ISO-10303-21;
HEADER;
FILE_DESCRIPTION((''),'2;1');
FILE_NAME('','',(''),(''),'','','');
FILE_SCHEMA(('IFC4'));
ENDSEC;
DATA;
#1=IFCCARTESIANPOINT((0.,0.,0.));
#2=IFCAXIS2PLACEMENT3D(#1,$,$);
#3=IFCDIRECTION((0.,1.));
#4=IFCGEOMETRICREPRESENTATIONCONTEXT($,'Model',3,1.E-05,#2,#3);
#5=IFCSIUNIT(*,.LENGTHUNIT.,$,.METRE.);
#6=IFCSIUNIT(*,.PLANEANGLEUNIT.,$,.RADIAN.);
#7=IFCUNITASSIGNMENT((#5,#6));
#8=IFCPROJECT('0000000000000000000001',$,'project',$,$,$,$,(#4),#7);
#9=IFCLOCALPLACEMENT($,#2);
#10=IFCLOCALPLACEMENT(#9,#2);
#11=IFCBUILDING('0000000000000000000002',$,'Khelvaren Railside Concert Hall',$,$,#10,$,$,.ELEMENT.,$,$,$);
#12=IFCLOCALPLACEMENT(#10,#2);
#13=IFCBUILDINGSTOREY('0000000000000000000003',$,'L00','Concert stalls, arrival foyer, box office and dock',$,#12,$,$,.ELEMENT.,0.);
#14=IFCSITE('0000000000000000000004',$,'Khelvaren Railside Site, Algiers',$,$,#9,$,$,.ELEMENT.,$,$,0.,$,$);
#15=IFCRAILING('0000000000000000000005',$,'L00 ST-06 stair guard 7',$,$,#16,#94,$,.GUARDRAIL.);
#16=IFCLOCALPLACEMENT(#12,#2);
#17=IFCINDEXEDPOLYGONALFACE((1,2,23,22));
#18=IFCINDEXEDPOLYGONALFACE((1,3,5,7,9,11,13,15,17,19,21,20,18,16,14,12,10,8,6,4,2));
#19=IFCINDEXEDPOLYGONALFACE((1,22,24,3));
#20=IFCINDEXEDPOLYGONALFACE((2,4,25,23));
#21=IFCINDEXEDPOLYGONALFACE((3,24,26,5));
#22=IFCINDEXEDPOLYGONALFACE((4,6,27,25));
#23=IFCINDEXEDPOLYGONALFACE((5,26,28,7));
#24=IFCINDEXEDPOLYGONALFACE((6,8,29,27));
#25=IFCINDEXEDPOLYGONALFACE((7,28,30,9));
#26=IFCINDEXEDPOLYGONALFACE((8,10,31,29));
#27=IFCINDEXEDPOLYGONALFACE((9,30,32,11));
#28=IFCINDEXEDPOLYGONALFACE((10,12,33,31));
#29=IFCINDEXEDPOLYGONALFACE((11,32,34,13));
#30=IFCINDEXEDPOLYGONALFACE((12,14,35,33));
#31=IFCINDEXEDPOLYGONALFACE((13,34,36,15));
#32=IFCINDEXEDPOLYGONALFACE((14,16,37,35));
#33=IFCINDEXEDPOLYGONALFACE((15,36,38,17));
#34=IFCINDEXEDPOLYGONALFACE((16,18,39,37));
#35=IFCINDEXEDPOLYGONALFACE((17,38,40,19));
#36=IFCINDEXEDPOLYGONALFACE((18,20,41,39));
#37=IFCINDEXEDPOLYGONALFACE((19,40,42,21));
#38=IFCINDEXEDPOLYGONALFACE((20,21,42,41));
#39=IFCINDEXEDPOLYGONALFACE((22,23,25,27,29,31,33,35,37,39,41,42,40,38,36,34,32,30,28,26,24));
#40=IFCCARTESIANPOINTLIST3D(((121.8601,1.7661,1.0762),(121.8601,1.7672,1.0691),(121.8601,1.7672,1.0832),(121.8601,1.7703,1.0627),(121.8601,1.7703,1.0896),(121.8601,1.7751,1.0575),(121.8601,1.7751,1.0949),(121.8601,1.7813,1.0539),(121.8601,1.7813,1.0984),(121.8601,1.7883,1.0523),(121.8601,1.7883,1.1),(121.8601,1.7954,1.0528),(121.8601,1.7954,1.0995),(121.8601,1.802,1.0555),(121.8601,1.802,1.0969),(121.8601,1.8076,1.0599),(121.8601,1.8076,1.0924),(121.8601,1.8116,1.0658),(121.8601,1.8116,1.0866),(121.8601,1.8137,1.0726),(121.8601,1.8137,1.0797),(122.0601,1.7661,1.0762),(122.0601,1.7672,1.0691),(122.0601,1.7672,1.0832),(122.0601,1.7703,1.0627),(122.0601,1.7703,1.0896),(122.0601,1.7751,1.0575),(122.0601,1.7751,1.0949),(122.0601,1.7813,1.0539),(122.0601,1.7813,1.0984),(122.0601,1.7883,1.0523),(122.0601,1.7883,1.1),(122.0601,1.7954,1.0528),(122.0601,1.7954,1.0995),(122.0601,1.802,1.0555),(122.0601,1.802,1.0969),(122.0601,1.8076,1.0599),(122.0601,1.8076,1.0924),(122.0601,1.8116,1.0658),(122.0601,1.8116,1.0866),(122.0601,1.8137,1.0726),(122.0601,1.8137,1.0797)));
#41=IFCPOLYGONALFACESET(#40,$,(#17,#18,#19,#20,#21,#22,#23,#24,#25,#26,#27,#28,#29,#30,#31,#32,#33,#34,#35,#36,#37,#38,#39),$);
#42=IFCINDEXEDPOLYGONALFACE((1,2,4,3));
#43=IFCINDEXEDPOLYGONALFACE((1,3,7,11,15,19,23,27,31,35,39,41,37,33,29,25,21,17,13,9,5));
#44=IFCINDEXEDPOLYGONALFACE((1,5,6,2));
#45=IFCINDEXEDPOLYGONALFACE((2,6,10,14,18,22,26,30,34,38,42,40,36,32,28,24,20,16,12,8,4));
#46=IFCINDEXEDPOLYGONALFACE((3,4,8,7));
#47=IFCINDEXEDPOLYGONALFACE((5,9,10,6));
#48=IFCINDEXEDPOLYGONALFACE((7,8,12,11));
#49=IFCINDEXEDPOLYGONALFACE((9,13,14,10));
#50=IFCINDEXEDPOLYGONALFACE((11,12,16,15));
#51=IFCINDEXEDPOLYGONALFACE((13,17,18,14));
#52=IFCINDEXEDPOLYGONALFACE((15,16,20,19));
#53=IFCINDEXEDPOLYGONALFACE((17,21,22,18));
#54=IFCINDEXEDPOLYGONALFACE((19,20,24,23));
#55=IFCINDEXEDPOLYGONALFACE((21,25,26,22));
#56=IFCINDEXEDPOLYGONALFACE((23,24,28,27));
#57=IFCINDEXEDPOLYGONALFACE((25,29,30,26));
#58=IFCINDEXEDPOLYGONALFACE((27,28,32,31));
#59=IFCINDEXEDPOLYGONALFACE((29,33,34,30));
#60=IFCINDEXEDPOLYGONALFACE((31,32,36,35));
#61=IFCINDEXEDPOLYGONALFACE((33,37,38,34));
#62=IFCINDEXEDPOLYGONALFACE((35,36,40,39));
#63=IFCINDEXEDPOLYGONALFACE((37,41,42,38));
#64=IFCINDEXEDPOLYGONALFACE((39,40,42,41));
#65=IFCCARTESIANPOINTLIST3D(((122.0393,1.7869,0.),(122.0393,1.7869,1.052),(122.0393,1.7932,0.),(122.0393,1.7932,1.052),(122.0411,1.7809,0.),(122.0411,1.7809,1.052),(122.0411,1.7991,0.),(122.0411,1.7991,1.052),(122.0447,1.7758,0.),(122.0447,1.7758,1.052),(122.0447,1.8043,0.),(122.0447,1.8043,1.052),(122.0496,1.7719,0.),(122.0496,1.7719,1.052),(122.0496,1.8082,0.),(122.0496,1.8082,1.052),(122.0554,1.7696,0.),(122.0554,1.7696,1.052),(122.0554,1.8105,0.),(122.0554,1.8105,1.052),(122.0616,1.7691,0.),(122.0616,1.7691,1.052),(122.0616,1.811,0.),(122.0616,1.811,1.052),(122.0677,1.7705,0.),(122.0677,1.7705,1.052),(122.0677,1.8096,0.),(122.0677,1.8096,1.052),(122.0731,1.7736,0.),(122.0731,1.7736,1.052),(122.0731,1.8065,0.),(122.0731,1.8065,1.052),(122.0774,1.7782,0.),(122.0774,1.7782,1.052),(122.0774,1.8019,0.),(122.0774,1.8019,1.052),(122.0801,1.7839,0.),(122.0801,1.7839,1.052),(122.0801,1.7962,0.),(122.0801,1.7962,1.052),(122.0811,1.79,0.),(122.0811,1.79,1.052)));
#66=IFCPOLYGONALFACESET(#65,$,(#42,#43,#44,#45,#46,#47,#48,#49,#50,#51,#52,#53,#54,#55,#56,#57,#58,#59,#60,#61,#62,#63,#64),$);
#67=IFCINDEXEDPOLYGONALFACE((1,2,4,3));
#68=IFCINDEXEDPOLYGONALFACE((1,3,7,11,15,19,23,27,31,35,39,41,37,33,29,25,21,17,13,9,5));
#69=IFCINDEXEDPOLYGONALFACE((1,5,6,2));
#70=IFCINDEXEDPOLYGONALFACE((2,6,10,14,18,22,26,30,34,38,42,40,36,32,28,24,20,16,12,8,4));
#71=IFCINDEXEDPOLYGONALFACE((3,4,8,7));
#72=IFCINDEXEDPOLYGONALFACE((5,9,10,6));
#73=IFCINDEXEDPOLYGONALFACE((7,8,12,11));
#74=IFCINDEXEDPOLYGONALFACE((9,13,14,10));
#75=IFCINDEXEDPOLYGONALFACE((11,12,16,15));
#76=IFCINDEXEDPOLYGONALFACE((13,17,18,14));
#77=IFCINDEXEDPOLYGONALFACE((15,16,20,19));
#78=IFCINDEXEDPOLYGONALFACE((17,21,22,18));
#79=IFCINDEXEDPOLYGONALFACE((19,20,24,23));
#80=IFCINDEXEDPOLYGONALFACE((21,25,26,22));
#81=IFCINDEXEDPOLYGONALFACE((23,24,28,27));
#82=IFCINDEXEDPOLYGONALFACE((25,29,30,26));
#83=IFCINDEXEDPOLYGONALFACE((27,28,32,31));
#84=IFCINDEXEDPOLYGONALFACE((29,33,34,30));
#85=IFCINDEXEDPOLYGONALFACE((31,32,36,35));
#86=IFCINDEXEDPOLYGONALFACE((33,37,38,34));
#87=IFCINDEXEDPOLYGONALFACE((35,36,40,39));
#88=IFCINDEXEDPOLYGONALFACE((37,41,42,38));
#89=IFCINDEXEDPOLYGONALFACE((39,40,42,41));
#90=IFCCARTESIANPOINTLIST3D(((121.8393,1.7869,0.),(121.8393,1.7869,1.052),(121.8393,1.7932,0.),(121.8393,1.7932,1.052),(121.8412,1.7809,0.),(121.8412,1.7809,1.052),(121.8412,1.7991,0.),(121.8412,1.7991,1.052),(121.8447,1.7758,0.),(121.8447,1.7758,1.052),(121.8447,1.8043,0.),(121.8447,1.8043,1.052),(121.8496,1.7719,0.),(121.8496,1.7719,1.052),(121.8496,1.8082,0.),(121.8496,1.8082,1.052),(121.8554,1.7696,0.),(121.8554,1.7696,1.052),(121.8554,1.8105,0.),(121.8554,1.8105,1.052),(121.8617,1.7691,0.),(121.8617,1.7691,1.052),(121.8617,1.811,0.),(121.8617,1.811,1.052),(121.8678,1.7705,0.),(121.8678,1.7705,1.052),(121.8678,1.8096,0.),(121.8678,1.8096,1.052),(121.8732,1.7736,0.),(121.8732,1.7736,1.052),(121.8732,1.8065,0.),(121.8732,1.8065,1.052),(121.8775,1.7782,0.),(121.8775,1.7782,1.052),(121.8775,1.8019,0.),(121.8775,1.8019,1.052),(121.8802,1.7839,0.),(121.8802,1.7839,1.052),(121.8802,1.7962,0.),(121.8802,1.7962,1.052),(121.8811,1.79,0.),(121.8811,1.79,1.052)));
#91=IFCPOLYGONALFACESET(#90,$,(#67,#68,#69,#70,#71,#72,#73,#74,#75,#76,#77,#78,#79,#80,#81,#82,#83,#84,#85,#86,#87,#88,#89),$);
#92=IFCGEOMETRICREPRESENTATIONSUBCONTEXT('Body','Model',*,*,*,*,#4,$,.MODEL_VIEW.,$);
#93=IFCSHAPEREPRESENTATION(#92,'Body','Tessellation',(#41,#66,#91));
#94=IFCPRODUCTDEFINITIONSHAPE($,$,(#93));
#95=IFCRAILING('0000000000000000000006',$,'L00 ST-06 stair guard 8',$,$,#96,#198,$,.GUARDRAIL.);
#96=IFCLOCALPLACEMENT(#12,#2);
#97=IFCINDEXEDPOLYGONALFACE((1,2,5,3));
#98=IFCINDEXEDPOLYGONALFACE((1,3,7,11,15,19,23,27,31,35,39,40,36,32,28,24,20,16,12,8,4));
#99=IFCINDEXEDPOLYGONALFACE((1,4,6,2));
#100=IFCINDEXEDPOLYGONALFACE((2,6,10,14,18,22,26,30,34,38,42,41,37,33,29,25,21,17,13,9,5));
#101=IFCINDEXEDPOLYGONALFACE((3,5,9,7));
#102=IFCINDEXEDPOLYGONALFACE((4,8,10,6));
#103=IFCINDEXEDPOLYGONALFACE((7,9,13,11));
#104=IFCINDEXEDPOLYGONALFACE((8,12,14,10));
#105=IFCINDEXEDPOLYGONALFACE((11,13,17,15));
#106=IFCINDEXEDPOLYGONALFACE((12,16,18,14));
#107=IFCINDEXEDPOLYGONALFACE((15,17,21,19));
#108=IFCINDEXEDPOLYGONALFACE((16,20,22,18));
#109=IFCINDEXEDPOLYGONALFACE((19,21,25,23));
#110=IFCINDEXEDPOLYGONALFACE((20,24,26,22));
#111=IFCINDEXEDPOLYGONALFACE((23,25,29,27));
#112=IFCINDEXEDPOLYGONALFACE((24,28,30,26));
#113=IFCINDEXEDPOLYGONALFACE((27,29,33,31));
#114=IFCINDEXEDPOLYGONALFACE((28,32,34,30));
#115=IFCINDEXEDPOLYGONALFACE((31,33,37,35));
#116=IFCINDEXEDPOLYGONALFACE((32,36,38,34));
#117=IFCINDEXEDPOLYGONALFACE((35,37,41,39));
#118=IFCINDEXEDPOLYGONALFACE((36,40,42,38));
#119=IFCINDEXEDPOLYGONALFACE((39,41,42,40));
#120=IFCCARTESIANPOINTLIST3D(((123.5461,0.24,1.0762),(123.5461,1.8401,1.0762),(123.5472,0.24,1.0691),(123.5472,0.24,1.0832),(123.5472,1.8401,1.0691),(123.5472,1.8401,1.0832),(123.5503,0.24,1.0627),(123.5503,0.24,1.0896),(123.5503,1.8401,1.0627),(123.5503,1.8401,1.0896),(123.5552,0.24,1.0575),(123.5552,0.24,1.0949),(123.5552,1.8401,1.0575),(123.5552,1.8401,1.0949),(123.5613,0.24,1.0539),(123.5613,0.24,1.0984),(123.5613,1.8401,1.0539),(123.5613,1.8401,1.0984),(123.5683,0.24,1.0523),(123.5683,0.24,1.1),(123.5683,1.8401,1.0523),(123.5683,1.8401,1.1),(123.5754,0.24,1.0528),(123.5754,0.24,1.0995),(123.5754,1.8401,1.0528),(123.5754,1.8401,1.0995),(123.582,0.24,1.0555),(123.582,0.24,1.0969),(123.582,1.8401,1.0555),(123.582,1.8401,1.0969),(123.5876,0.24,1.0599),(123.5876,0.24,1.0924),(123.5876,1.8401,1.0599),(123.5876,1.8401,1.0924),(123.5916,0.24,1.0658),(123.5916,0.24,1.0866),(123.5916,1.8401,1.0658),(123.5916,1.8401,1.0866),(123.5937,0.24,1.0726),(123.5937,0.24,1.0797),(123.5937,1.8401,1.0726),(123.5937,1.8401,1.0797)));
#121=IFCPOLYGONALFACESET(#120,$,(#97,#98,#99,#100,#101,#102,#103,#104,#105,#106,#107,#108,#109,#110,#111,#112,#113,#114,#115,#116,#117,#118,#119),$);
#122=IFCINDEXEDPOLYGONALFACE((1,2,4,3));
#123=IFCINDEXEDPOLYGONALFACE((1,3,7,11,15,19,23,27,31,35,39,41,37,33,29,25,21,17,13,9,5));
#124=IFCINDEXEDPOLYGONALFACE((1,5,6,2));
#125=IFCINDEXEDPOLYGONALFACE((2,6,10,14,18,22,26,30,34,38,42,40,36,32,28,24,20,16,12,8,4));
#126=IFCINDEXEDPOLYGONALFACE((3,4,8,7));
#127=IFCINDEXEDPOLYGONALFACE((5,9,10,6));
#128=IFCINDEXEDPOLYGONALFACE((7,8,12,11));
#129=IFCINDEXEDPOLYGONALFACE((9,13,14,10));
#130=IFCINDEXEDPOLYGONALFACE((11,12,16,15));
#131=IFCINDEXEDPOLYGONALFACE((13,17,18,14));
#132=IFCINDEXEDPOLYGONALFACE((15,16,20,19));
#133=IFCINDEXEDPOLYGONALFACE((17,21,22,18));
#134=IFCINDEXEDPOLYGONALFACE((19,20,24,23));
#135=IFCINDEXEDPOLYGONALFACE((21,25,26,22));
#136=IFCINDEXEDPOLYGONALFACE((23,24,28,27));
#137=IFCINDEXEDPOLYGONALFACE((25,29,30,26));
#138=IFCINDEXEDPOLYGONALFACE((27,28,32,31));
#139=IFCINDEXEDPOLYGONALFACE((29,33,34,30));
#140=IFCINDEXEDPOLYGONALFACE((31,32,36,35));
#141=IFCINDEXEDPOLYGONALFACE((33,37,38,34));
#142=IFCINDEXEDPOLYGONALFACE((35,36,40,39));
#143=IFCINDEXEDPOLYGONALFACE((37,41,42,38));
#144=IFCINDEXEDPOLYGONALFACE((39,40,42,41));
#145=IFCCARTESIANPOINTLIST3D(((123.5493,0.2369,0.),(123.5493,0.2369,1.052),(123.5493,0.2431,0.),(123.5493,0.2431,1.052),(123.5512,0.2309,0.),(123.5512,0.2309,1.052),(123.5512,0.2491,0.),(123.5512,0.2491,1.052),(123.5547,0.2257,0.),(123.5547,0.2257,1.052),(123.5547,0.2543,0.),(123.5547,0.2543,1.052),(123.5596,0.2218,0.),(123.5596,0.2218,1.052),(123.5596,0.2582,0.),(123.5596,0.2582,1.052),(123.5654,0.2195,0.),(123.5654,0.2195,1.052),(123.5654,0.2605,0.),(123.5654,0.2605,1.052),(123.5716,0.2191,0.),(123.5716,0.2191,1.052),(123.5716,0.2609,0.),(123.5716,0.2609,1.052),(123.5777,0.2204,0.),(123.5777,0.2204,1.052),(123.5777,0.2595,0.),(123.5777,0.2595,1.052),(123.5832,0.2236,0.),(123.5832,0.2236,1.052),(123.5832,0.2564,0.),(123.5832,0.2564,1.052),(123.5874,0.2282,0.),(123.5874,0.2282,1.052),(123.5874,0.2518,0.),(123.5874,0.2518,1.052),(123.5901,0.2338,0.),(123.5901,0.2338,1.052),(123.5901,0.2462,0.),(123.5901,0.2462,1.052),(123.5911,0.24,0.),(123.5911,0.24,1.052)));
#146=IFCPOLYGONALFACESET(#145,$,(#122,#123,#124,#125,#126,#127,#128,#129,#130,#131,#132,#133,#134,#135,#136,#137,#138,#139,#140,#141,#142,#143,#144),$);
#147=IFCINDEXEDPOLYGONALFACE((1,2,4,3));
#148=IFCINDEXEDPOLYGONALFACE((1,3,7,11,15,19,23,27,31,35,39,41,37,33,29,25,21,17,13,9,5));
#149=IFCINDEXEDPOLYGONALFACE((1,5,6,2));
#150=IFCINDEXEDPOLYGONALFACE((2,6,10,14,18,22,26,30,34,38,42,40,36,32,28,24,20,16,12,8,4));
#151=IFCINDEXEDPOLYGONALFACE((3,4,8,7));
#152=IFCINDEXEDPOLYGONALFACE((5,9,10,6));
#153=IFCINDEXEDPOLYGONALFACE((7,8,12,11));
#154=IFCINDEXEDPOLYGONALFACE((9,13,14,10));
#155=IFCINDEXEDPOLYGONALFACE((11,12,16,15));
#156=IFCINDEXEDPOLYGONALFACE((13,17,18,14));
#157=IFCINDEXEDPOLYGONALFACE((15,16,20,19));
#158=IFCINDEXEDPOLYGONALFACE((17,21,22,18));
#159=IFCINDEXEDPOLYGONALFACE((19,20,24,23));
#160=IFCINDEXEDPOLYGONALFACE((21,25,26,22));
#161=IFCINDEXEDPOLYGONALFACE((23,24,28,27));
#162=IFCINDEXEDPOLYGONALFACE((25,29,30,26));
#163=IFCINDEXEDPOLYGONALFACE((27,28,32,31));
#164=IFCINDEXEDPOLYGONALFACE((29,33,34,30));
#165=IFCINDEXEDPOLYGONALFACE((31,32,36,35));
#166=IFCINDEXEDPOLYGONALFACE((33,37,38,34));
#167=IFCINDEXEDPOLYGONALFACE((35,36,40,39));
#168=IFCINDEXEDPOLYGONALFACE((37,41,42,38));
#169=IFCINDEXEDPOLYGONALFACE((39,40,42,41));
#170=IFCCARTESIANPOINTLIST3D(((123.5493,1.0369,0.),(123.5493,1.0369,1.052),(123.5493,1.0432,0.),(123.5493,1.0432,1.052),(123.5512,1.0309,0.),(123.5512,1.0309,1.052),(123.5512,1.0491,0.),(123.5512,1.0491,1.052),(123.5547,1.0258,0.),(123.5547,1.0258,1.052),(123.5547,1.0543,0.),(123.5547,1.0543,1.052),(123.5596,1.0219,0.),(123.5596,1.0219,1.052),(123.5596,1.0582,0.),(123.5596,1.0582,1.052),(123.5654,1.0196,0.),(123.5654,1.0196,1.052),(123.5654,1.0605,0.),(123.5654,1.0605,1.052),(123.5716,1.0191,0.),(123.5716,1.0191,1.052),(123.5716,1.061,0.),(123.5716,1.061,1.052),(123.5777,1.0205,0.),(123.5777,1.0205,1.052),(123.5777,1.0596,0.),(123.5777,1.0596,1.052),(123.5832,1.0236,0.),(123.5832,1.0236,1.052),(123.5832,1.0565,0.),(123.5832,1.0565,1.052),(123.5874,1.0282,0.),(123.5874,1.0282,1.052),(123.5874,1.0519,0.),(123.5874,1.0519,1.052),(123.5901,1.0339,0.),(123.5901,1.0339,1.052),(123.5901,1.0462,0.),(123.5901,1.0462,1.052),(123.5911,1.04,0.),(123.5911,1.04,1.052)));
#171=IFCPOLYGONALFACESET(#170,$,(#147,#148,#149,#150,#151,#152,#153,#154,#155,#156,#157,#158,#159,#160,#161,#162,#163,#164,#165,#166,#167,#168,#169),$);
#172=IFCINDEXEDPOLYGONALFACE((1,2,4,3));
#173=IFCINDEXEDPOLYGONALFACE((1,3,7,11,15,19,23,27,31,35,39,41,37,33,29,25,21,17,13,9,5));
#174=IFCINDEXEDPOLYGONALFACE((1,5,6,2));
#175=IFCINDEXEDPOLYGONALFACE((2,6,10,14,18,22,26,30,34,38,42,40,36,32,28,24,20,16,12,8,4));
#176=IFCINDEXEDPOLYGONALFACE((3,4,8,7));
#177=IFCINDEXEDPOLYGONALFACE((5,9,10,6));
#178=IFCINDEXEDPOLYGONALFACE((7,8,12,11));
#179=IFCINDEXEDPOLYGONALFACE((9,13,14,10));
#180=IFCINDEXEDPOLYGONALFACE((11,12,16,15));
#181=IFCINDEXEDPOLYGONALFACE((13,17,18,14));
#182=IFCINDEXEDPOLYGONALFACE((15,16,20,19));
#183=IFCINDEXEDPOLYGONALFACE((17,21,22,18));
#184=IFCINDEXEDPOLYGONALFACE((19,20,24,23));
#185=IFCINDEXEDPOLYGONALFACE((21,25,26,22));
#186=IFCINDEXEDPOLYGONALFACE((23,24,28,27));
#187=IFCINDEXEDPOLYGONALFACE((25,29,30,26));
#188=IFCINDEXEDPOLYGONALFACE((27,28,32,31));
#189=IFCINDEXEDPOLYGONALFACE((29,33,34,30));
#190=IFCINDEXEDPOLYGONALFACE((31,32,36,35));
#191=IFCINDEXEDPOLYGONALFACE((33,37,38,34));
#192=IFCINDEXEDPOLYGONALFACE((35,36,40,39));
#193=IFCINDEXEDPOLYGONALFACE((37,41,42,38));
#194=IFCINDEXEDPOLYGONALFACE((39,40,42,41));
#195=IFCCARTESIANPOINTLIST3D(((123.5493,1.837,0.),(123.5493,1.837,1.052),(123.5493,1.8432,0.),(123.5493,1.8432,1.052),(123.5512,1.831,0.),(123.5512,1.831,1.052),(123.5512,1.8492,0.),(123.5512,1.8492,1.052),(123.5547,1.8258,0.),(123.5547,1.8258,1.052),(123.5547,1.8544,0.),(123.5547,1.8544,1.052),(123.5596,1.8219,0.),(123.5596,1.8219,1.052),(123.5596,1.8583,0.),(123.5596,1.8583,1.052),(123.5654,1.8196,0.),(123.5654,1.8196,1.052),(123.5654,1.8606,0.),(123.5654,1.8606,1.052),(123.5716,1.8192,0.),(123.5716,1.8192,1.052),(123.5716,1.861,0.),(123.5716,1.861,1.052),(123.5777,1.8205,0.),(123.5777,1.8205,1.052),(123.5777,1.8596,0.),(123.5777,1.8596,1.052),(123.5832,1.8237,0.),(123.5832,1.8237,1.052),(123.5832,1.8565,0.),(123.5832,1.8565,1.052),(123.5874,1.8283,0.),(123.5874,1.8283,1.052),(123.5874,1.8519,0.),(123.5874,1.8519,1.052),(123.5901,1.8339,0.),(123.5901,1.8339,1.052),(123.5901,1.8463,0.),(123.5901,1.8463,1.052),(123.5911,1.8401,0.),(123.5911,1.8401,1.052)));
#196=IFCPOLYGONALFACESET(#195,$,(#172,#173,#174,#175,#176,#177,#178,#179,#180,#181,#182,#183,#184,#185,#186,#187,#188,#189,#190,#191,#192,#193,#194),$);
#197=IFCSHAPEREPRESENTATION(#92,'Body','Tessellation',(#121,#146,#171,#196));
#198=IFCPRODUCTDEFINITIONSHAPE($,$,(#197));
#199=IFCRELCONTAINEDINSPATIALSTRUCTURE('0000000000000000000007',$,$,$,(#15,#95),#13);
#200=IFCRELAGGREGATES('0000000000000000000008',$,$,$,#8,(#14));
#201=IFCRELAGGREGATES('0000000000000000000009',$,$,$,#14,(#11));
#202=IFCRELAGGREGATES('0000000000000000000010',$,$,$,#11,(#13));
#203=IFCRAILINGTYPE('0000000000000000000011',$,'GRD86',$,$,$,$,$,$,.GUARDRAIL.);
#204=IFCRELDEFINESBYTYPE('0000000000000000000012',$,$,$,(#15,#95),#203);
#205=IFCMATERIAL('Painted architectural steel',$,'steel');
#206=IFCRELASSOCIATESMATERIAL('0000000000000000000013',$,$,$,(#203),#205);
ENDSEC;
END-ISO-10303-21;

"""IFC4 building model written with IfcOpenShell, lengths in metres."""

from ifc_helpers import new_model, si_unit, direction, frame, origin, origin_2d, place, context, subcontext, project, spatial, circle, extrude, material, type_object, element, save


model = new_model("IFC4")

# Units and contexts
model_context = context("Model", 3, precision=1e-05, world=origin(), true_north=direction((0.0, 1.0)))
body_context = subcontext(model_context, "Body", "Model", "MODEL_VIEW")
ifc_project = project(units=[si_unit("LENGTHUNIT", "METRE"), si_unit("PLANEANGLEUNIT", "RADIAN")], contexts=[model_context])

# Site, building, storey
site_placement = place(None, origin())
site = spatial("IfcSite", under=ifc_project, at=site_placement, Name="Khelvaren Railside Site, Algiers", CompositionType="ELEMENT", RefElevation=0.0)
building_placement = place(site_placement, origin())
building = spatial("IfcBuilding", under=site, at=building_placement, Name="Khelvaren Railside Concert Hall", CompositionType="ELEMENT")
storey_placement = place(building_placement, origin())
storey = spatial("IfcBuildingStorey", under=building, at=storey_placement, Name="L00", Description="Concert stalls, arrival foyer, box office and dock", CompositionType="ELEMENT", Elevation=0.0)

# Railings
ifc_material_1 = material(Name="Painted architectural steel", Category="steel")
railing_type_1 = type_object("IfcRailingType", Name="GRD86", PredefinedType="GUARDRAIL", material=ifc_material_1)
railing_1_placement = place(storey_placement, frame((122.0601, 1.79, 0.0)))
element("IfcRailing", 1, at=railing_1_placement, inside=storey, type_object=railing_type_1, Name="L00 ST-06 stair guard 7", PredefinedType="GUARDRAIL", context=body_context, shape_type="SweptSolid", body=[
    extrude(circle(Radius=0.0239, at=origin_2d()), frame((0.0, 0.0, 1.0762), z_axis=(-1.0, 0.0, 0.0), x_axis=(0.0, -1.0, 0.0)), (0.0, 0.0, 1.0), 0.2),
    extrude(circle(Radius=0.021, at=origin_2d()), origin(), (0.0, 0.0, 1.0), 1.052),
    extrude(circle(Radius=0.021, at=origin_2d()), frame((-0.2, 0.0, 0.0)), (0.0, 0.0, 1.0), 1.052),
])
for number, where, name in (
    (2, (123.5701, 0.24, 0.0), "L00 ST-06 stair guard 8"),
):
    element("IfcRailing", number, at=place(storey_placement, frame(where)), inside=storey, type_object=railing_type_1, Name=name, PredefinedType="GUARDRAIL", context=body_context, shape_type="SweptSolid", body=[
        extrude(circle(Radius=0.0239, at=origin_2d()), frame((0.0, 0.0, 1.0762), z_axis=(0.0, 1.0, 0.0), x_axis=(-1.0, 0.0, 0.0)), (0.0, 0.0, 1.0), 1.6001),
        extrude(circle(Radius=0.021, at=origin_2d()), origin(), (0.0, 0.0, 1.0), 1.052),
        extrude(circle(Radius=0.021, at=origin_2d()), frame((0.0, 0.8, 0.0)), (0.0, 0.0, 1.0), 1.052),
        extrude(circle(Radius=0.021, at=origin_2d()), frame((0.0, 1.6001, 0.0)), (0.0, 0.0, 1.0), 1.052),
    ])

save(model, "model.ifc")
